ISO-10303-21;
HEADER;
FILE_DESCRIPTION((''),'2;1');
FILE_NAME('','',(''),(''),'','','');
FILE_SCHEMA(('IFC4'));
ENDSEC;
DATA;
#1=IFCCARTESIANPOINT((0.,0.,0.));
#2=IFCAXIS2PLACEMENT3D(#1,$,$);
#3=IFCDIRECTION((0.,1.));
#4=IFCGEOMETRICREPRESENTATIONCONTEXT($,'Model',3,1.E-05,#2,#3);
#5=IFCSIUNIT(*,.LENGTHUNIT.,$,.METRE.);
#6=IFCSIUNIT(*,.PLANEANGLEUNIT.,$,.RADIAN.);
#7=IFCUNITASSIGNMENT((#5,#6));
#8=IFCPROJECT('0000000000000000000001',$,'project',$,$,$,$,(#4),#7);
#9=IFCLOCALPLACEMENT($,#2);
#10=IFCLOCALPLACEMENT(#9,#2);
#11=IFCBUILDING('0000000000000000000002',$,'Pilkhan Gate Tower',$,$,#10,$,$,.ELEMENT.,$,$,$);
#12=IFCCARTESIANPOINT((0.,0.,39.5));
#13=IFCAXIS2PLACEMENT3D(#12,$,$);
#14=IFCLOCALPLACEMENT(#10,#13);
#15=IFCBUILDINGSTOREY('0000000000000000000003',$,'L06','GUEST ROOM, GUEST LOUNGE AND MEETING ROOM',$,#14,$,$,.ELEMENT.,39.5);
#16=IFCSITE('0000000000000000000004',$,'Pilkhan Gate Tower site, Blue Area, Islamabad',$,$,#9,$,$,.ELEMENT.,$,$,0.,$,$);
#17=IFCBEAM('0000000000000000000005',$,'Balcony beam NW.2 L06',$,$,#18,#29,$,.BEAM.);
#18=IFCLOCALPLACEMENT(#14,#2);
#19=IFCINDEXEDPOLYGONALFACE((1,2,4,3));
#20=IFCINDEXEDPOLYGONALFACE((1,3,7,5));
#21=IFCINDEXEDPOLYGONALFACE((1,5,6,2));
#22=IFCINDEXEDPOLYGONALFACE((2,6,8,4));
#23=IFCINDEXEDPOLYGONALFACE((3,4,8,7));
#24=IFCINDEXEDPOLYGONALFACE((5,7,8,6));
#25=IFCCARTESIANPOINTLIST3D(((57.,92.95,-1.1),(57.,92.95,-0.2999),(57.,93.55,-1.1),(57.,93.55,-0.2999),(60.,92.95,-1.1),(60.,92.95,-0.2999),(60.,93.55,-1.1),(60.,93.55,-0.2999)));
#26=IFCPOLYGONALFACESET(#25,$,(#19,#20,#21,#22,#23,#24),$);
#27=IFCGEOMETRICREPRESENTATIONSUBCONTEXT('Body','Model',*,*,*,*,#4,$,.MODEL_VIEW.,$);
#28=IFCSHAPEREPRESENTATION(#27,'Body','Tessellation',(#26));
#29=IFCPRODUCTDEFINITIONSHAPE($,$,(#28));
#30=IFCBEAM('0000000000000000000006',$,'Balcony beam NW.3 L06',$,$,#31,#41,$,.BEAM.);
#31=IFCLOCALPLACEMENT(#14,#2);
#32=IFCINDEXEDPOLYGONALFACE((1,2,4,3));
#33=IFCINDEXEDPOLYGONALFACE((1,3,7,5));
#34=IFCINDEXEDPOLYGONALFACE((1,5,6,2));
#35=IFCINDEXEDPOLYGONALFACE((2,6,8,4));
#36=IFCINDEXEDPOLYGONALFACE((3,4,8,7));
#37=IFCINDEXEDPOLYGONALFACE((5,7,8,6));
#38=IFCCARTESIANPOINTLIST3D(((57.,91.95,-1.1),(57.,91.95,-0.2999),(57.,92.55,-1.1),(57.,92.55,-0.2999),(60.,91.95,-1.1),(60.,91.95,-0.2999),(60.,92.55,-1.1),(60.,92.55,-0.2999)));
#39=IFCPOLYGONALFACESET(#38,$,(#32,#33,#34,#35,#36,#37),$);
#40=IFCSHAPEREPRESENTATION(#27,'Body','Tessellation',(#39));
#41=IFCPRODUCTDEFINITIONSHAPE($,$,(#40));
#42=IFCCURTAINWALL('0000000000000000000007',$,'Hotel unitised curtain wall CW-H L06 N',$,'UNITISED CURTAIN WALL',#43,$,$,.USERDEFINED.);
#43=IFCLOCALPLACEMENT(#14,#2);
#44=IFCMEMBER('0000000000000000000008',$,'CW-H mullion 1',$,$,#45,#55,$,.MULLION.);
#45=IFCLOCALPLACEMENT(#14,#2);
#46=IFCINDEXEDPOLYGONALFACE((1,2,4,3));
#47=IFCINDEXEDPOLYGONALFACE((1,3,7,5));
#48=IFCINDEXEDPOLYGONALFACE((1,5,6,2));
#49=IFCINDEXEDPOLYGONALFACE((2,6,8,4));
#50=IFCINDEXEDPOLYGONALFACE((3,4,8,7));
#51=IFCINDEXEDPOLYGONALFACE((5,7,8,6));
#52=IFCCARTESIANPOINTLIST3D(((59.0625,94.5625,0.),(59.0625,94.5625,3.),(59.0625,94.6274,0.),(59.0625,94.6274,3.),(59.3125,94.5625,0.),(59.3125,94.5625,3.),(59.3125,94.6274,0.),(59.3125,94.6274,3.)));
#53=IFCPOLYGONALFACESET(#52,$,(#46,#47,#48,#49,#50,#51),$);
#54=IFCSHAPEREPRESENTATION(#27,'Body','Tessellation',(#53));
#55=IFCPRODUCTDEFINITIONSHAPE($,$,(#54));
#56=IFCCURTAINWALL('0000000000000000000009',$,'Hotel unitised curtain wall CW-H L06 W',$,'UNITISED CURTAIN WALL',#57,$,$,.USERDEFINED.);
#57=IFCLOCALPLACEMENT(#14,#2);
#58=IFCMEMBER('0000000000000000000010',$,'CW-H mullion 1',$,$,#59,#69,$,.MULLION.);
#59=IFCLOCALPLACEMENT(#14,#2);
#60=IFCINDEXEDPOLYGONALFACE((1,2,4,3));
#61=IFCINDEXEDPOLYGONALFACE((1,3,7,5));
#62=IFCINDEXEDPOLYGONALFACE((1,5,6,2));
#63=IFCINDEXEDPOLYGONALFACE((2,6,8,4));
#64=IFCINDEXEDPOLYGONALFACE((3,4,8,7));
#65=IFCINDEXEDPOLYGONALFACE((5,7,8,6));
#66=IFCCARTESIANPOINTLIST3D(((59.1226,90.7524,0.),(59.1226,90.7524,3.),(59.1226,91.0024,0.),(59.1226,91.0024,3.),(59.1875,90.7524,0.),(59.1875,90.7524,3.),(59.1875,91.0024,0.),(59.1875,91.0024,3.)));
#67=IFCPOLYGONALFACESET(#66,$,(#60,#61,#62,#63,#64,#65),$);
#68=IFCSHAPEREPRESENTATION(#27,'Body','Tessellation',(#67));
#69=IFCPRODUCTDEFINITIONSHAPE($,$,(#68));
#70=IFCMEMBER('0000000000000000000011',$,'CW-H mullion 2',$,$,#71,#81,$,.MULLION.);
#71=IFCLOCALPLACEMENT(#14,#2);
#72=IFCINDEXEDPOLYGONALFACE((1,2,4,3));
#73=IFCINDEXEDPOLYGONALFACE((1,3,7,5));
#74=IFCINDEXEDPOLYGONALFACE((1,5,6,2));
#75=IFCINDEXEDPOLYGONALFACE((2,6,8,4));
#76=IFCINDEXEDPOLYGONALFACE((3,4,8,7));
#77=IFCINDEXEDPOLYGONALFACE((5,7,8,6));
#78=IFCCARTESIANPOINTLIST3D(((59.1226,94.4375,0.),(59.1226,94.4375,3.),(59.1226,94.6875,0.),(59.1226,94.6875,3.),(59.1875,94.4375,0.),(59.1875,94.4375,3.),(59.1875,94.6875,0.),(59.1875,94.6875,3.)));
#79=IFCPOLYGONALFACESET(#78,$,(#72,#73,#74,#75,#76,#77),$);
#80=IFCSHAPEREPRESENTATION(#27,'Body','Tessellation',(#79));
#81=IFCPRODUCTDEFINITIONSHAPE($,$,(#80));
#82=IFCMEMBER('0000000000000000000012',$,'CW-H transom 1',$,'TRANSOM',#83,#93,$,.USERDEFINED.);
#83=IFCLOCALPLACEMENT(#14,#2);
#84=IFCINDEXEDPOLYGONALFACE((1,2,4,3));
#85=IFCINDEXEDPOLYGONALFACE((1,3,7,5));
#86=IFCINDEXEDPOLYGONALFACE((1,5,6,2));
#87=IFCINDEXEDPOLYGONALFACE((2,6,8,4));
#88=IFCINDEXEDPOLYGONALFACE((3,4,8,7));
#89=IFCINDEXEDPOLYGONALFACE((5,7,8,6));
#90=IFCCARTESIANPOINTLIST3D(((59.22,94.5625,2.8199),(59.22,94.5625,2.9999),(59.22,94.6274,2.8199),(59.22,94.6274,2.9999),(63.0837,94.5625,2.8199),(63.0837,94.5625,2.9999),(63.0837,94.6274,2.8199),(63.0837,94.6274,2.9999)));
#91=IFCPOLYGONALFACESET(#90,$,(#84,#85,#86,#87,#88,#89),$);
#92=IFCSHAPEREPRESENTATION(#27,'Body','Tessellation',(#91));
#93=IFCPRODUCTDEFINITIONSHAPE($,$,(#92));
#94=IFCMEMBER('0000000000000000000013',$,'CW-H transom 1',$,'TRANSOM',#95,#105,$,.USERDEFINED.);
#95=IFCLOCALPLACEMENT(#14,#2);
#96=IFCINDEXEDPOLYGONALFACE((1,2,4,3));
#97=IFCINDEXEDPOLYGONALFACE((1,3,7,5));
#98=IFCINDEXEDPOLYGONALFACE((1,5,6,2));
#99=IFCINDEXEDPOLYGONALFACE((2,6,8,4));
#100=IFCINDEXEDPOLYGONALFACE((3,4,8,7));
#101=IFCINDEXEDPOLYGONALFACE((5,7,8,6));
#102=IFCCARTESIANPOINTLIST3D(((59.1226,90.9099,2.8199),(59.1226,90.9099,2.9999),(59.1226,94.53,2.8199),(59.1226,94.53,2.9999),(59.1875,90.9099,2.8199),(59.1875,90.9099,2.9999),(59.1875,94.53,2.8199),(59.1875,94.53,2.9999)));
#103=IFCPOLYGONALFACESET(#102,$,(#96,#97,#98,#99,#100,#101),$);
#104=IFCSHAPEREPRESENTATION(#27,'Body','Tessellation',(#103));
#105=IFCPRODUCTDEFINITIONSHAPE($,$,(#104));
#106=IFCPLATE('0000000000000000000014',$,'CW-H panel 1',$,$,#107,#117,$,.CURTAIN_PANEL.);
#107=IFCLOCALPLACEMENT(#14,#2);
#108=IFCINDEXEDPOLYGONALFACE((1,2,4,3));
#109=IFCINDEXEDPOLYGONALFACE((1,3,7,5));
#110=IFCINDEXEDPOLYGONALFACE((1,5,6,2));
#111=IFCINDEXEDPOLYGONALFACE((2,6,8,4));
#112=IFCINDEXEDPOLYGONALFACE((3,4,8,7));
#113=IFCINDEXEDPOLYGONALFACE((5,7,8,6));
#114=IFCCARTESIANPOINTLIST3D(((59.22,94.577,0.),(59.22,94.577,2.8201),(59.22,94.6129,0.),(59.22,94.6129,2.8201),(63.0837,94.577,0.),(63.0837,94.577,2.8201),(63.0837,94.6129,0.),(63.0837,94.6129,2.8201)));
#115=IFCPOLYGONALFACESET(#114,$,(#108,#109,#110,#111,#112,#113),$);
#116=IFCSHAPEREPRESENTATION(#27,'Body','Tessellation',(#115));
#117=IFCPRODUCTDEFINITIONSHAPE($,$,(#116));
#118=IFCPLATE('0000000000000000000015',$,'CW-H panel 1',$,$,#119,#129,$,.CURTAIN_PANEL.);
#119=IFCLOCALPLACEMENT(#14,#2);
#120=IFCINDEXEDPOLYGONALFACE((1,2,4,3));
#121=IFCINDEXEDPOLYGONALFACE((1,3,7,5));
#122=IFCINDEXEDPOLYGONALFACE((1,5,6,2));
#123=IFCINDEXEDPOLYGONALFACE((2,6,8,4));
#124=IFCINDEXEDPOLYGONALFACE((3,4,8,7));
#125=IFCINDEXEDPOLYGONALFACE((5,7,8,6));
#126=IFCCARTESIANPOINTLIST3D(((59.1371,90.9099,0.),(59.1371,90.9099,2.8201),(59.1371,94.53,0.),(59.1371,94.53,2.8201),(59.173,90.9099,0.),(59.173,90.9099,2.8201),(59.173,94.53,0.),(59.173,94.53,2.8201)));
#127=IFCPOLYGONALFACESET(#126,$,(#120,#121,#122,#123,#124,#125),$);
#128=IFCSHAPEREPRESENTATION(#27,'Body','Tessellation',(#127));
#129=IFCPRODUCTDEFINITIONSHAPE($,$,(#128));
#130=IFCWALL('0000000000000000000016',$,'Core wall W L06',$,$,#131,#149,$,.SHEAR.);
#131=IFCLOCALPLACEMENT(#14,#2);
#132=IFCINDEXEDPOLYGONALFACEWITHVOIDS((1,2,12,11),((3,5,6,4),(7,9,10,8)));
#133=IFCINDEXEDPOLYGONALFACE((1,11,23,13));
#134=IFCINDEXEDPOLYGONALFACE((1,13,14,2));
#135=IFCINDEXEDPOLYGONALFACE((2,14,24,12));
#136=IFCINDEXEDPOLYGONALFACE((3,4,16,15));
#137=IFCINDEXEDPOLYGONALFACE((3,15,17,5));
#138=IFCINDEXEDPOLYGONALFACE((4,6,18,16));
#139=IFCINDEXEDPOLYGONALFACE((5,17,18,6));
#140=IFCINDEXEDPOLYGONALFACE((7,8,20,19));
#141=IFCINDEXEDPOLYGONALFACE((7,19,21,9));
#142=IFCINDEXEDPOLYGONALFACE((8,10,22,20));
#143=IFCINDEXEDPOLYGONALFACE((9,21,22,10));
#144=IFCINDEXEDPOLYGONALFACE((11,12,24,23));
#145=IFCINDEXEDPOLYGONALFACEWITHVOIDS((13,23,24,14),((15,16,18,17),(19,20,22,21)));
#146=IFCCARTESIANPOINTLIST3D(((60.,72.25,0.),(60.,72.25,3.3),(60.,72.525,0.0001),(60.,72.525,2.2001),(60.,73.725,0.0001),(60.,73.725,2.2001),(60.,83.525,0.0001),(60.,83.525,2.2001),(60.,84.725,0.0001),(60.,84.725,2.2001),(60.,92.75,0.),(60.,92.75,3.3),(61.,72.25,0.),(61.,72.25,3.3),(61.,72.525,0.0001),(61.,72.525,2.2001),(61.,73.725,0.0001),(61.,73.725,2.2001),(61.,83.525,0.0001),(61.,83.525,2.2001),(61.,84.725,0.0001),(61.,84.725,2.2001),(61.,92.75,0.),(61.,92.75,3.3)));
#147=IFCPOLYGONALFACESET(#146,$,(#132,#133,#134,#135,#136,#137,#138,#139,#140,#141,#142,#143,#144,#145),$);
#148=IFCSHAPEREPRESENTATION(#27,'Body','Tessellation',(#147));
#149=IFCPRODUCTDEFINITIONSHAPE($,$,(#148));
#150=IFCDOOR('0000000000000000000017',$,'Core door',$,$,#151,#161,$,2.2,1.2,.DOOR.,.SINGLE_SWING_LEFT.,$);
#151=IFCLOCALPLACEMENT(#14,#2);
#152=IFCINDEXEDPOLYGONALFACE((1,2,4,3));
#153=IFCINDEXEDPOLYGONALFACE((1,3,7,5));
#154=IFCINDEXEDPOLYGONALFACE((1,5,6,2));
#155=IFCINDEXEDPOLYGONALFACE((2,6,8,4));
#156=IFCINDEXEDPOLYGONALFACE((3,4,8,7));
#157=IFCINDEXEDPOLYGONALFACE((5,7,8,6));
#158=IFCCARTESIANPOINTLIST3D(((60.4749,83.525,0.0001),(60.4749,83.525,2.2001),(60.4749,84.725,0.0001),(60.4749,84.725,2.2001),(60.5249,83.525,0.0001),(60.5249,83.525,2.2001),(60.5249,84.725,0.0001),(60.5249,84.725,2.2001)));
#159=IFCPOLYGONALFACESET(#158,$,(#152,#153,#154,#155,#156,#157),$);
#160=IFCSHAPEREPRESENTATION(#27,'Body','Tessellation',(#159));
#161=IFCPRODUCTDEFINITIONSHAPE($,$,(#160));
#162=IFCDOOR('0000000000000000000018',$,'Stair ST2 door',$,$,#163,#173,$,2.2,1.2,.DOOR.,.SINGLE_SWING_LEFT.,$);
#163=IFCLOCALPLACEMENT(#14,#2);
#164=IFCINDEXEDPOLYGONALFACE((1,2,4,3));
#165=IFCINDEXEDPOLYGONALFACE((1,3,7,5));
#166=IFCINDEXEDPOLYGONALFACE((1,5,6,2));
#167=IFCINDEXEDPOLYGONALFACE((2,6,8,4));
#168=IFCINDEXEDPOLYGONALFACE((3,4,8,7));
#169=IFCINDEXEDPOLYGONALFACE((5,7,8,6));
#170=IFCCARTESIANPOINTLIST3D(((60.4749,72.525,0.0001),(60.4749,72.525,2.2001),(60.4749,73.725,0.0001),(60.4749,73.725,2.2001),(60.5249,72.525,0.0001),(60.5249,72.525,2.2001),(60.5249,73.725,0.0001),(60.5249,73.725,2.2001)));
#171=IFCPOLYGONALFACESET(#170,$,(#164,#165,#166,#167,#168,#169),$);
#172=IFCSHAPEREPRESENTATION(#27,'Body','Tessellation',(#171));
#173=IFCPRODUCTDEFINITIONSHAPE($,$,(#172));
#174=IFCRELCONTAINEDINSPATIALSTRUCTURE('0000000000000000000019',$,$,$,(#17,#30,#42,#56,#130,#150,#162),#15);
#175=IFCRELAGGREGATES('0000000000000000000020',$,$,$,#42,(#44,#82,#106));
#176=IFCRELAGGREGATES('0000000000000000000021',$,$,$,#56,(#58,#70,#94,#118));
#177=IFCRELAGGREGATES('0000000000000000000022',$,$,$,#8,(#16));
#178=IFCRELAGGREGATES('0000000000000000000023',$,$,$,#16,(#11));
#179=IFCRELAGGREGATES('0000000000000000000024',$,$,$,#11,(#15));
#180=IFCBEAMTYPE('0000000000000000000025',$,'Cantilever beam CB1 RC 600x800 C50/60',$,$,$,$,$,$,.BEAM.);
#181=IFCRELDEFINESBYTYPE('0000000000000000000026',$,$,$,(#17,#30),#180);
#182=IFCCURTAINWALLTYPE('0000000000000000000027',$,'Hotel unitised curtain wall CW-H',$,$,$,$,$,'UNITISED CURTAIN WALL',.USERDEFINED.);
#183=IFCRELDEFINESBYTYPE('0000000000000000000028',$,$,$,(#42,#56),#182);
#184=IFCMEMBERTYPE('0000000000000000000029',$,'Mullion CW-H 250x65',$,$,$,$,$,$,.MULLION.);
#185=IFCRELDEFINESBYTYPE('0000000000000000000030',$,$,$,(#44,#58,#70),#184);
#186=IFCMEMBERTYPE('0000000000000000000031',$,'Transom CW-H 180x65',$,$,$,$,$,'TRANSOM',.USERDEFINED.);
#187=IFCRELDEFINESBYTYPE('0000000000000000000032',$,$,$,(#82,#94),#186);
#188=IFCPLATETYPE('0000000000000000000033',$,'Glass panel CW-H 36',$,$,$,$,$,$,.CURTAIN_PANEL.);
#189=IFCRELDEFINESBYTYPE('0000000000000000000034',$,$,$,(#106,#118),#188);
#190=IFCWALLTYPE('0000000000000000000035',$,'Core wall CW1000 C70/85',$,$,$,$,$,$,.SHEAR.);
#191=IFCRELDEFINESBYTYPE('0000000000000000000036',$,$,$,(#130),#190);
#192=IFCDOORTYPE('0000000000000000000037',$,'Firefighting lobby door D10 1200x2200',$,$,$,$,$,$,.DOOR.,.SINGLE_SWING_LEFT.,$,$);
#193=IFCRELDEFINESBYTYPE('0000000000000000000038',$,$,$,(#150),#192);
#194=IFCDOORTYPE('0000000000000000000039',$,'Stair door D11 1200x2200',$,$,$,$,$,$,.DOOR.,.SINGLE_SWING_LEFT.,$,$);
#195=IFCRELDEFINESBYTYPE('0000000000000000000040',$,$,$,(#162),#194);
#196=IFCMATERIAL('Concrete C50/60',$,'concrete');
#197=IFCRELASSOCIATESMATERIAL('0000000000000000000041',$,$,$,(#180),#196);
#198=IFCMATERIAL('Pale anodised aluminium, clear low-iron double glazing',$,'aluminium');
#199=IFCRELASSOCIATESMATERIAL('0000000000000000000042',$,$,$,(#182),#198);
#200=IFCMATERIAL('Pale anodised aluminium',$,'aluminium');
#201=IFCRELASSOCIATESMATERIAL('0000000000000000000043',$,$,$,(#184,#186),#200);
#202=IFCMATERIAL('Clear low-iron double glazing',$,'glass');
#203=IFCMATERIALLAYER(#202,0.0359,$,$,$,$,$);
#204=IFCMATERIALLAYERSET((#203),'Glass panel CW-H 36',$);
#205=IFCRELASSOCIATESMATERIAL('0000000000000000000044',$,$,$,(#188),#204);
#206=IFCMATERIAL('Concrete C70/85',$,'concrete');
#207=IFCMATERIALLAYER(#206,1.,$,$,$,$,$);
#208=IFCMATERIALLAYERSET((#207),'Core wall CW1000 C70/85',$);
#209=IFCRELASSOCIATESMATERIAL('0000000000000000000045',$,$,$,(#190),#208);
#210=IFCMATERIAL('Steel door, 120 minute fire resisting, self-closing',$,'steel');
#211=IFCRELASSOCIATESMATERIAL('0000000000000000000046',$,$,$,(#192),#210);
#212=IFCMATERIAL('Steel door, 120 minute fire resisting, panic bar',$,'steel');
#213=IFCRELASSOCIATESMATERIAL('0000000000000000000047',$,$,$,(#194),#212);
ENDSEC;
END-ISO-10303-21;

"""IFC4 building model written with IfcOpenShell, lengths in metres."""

from ifc_helpers import new_model, si_unit, direction, frame, frame_2d, origin, origin_2d, place, context, subcontext, project, spatial, rectangle, extrude, material, layer, layer_set, material_profile, profile_set, type_object, element, fill, aggregate, save


model = new_model("IFC4")

# Units and contexts
model_context = context("Model", 3, precision=1e-05, world=origin(), true_north=direction((0.0, 1.0)))
body_context = subcontext(model_context, "Body", "Model", "MODEL_VIEW")
ifc_project = project(units=[si_unit("LENGTHUNIT", "METRE"), si_unit("PLANEANGLEUNIT", "RADIAN")], contexts=[model_context])

# Site, building, storey
site_placement = place(None, origin())
site = spatial("IfcSite", under=ifc_project, at=site_placement, Name="Pilkhan Gate Tower site, Blue Area, Islamabad", CompositionType="ELEMENT", RefElevation=0.0)
building_placement = place(site_placement, origin())
building = spatial("IfcBuilding", under=site, at=building_placement, Name="Pilkhan Gate Tower", CompositionType="ELEMENT")
storey_placement = place(building_placement, frame((0.0, 0.0, 39.5)))
storey = spatial("IfcBuildingStorey", under=building, at=storey_placement, Name="L06", Description="GUEST ROOM, GUEST LOUNGE AND MEETING ROOM", CompositionType="ELEMENT", Elevation=39.5)

# Beams
ifc_material_1 = material(Name="Concrete C50/60", Category="concrete")
ifc_material_profile_1 = material_profile(ifc_material_1, rectangle(XDim=0.6001, YDim=0.8, at=origin_2d()), Name="RC 600x800")
ifc_profile_set_1 = profile_set([ifc_material_profile_1], Name="Concrete C50/60")
beam_type = type_object("IfcBeamType", Name="Cantilever beam CB1 RC 600x800 C50/60", PredefinedType="BEAM", material=ifc_profile_set_1)
for number, where, z_axis, x_axis, name in (
    (1, (60.0, 93.25, -0.7), (-1.0, 0.0, 0.0), (0.0, -1.0, 0.0), "Balcony beam NW.2 L06"),
    (2, (60.0, 92.25, -0.7), (-1.0, 0.0, 0.0), (0.0, -1.0, 0.0), "Balcony beam NW.3 L06"),
):
    element("IfcBeam", number, at=place(storey_placement, frame(where, z_axis=z_axis, x_axis=x_axis)), inside=storey, type_object=beam_type, Name=name, PredefinedType="BEAM", context=body_context, shape_type="SweptSolid", body=[
        extrude(rectangle(XDim=0.6001, YDim=0.8, at=origin_2d()), origin(), (0.0, 0.0, 1.0), 3.0),
    ])

# Curtain wall, member
ifc_material_2 = material(Name="Pale anodised aluminium, clear low-iron double glazing", Category="aluminium")
curtain_wall_type = type_object("IfcCurtainWallType", Name="Hotel unitised curtain wall CW-H", ElementType="UNITISED CURTAIN WALL", PredefinedType="USERDEFINED", material=ifc_material_2)
curtain_wall_1_placement = place(storey_placement, origin())
curtain_wall_1 = element("IfcCurtainWall", 3, at=curtain_wall_1_placement, inside=storey, type_object=curtain_wall_type, Name="Hotel unitised curtain wall CW-H L06 N", ObjectType="UNITISED CURTAIN WALL", PredefinedType="USERDEFINED")
ifc_material_3 = material(Name="Pale anodised aluminium", Category="aluminium")
ifc_material_profile_2 = material_profile(ifc_material_3, rectangle(XDim=0.0649, YDim=0.25, at=origin_2d()), Name="Mullion 250x65")
ifc_profile_set_2 = profile_set([ifc_material_profile_2], Name="Pale anodised aluminium")
member_type_1 = type_object("IfcMemberType", Name="Mullion CW-H 250x65", PredefinedType="MULLION", material=ifc_profile_set_2)
member_1_placement = place(storey_placement, frame((59.1875, 94.595, 0.0), z_axis=(0.0, 0.0, 1.0), x_axis=(0.0, 1.0, 0.0)))
member_1 = element("IfcMember", 4, at=member_1_placement, type_object=member_type_1, Name="CW-H mullion 1", PredefinedType="MULLION", context=body_context, shape_type="SweptSolid", body=[
    extrude(rectangle(XDim=0.0649, YDim=0.25, at=origin_2d()), origin(), (0.0, 0.0, 1.0), 3.0),
])

# Curtain wall, members
curtain_wall_2_placement = place(storey_placement, origin())
curtain_wall_2 = element("IfcCurtainWall", 5, at=curtain_wall_2_placement, inside=storey, type_object=curtain_wall_type, Name="Hotel unitised curtain wall CW-H L06 W", ObjectType="UNITISED CURTAIN WALL", PredefinedType="USERDEFINED")
member_2_placement = place(storey_placement, frame((59.155, 90.8774, 0.0), z_axis=(0.0, 0.0, 1.0), x_axis=(-1.0, 0.0, 0.0)))
member_2 = element("IfcMember", 6, at=member_2_placement, type_object=member_type_1, Name="CW-H mullion 1", PredefinedType="MULLION", context=body_context, shape_type="SweptSolid", body=[
    extrude(rectangle(XDim=0.0649, YDim=0.25, at=origin_2d()), origin(), (0.0, 0.0, 1.0), 3.0),
])
member_3_placement = place(storey_placement, frame((59.155, 94.5625, 0.0), z_axis=(0.0, 0.0, 1.0), x_axis=(-1.0, 0.0, 0.0)))
member_3 = element("IfcMember", 7, at=member_3_placement, type_object=member_type_1, Name="CW-H mullion 2", PredefinedType="MULLION", context=body_context, shape_type="SweptSolid", body=[
    extrude(rectangle(XDim=0.0649, YDim=0.25, at=origin_2d()), origin(), (0.0, 0.0, 1.0), 3.0),
])

# Members
ifc_material_profile_3 = material_profile(ifc_material_3, rectangle(XDim=0.0649, YDim=0.1799, at=origin_2d()), Name="Transom 180x65")
ifc_profile_set_3 = profile_set([ifc_material_profile_3], Name="Pale anodised aluminium")
member_type_2 = type_object("IfcMemberType", Name="Transom CW-H 180x65", ElementType="TRANSOM", PredefinedType="USERDEFINED", material=ifc_profile_set_3)
member_4_placement = place(storey_placement, frame((59.22, 94.595, 2.9099), z_axis=(1.0, 0.0, 0.0), x_axis=(0.0, 1.0, 0.0)))
member_4 = element("IfcMember", 8, at=member_4_placement, type_object=member_type_2, Name="CW-H transom 1", ObjectType="TRANSOM", PredefinedType="USERDEFINED", context=body_context, shape_type="SweptSolid", body=[
    extrude(rectangle(XDim=0.0649, YDim=0.1799, at=origin_2d()), origin(), (0.0, 0.0, 1.0), 3.8638),
])
member_5_placement = place(storey_placement, frame((59.155, 90.9099, 2.9099), z_axis=(0.0, 1.0, 0.0), x_axis=(-1.0, 0.0, 0.0)))
member_5 = element("IfcMember", 9, at=member_5_placement, type_object=member_type_2, Name="CW-H transom 1", ObjectType="TRANSOM", PredefinedType="USERDEFINED", context=body_context, shape_type="SweptSolid", body=[
    extrude(rectangle(XDim=0.0649, YDim=0.1799, at=origin_2d()), origin(), (0.0, 0.0, 1.0), 3.6201),
])

# Plates
ifc_material_4 = material(Name="Clear low-iron double glazing", Category="glass")
ifc_layer_1 = layer(ifc_material_4, 0.0359)
ifc_layer_set_1 = layer_set([ifc_layer_1], Name="Glass panel CW-H 36")
plate_type = type_object("IfcPlateType", Name="Glass panel CW-H 36", PredefinedType="CURTAIN_PANEL", material=ifc_layer_set_1)
plate_1_placement = place(storey_placement, frame((61.1519, 94.595, 0.0), z_axis=(0.0, 0.0, 1.0), x_axis=(1.0, 0.0, 0.0)))
plate_1 = element("IfcPlate", 10, at=plate_1_placement, type_object=plate_type, Name="CW-H panel 1", PredefinedType="CURTAIN_PANEL", context=body_context, shape_type="SweptSolid", body=[
    extrude(rectangle(XDim=3.8638, YDim=0.0359, at=origin_2d()), origin(), (0.0, 0.0, 1.0), 2.8201),
])
aggregate(curtain_wall_1, [member_1, member_4, plate_1])
plate_2_placement = place(storey_placement, frame((59.155, 92.72, 0.0), z_axis=(0.0, 0.0, 1.0), x_axis=(0.0, 1.0, 0.0)))
plate_2 = element("IfcPlate", 11, at=plate_2_placement, type_object=plate_type, Name="CW-H panel 1", PredefinedType="CURTAIN_PANEL", context=body_context, shape_type="SweptSolid", body=[
    extrude(rectangle(XDim=3.6201, YDim=0.0359, at=origin_2d()), origin(), (0.0, 0.0, 1.0), 2.8201),
])
aggregate(curtain_wall_2, [member_2, member_3, member_5, plate_2])

# Wall, openings, doors
ifc_material_5 = material(Name="Concrete C70/85", Category="concrete")
ifc_layer_2 = layer(ifc_material_5, 1.0)
ifc_layer_set_2 = layer_set([ifc_layer_2], Name="Core wall CW1000 C70/85")
wall_type_1 = type_object("IfcWallType", Name="Core wall CW1000 C70/85", PredefinedType="SHEAR", material=ifc_layer_set_2)
wall_1_placement = place(storey_placement, frame((60.5, 92.75, 0.0), z_axis=(0.0, 0.0, 1.0), x_axis=(0.0, -1.0, 0.0)))
wall_1 = element("IfcWall", 12, at=wall_1_placement, inside=storey, type_object=wall_type_1, Name="Core wall W L06", PredefinedType="SHEAR", context=body_context, shape_type="SweptSolid", body=[
    extrude(rectangle(XDim=20.5, YDim=1.0, at=frame_2d((10.25, 0.0))), origin(), (0.0, 0.0, 1.0), 3.3),
])
opening_1_placement = place(wall_1_placement, frame((19.0249, 0.0, 0.0)))
opening_1 = element("IfcOpeningElement", 13, at=opening_1_placement, cuts=wall_1, PredefinedType="OPENING", context=body_context, shape_type="SweptSolid", body=[
    extrude(rectangle(XDim=1.2, YDim=2.2, at=frame_2d((0.6001, 1.1001))), frame((0.0, 0.51, 0.0), z_axis=(0.0, -1.0, 0.0), x_axis=(1.0, 0.0, 0.0)), (0.0, 0.0, 1.0), 1.02),
])
opening_2_placement = place(wall_1_placement, frame((8.0249, 0.0, 0.0)))
opening_2 = element("IfcOpeningElement", 14, at=opening_2_placement, cuts=wall_1, PredefinedType="OPENING", context=body_context, shape_type="SweptSolid", body=[
    extrude(rectangle(XDim=1.2, YDim=2.2, at=frame_2d((0.6001, 1.1001))), frame((0.0, 0.51, 0.0), z_axis=(0.0, -1.0, 0.0), x_axis=(1.0, 0.0, 0.0)), (0.0, 0.0, 1.0), 1.02),
])
ifc_material_6 = material(Name="Steel door, 120 minute fire resisting, self-closing", Category="steel")
door_type_1 = type_object("IfcDoorType", Name="Firefighting lobby door D10 1200x2200", OperationType="SINGLE_SWING_LEFT", PredefinedType="DOOR", material=ifc_material_6)
door_1_placement = place(opening_2_placement, origin())
door_1 = element("IfcDoor", 15, at=door_1_placement, inside=storey, type_object=door_type_1, Name="Core door", OperationType="SINGLE_SWING_LEFT", OverallHeight=2.2, OverallWidth=1.2, PredefinedType="DOOR", context=body_context, shape_type="SweptSolid", body=[
    extrude(rectangle(XDim=1.2, YDim=2.2, at=frame_2d((0.6001, 1.1001))), frame((0.0, 0.0249, 0.0), z_axis=(0.0, -1.0, 0.0), x_axis=(1.0, 0.0, 0.0)), (0.0, 0.0, 1.0), 0.05),
])
fill(opening_2, door_1)
ifc_material_7 = material(Name="Steel door, 120 minute fire resisting, panic bar", Category="steel")
door_type_2 = type_object("IfcDoorType", Name="Stair door D11 1200x2200", OperationType="SINGLE_SWING_LEFT", PredefinedType="DOOR", material=ifc_material_7)
door_2_placement = place(opening_1_placement, origin())
door_2 = element("IfcDoor", 16, at=door_2_placement, inside=storey, type_object=door_type_2, Name="Stair ST2 door", OperationType="SINGLE_SWING_LEFT", OverallHeight=2.2, OverallWidth=1.2, PredefinedType="DOOR", context=body_context, shape_type="SweptSolid", body=[
    extrude(rectangle(XDim=1.2, YDim=2.2, at=frame_2d((0.6001, 1.1001))), frame((0.0, 0.0249, 0.0), z_axis=(0.0, -1.0, 0.0), x_axis=(1.0, 0.0, 0.0)), (0.0, 0.0, 1.0), 0.05),
])
fill(opening_1, door_2)

save(model, "model.ifc")
